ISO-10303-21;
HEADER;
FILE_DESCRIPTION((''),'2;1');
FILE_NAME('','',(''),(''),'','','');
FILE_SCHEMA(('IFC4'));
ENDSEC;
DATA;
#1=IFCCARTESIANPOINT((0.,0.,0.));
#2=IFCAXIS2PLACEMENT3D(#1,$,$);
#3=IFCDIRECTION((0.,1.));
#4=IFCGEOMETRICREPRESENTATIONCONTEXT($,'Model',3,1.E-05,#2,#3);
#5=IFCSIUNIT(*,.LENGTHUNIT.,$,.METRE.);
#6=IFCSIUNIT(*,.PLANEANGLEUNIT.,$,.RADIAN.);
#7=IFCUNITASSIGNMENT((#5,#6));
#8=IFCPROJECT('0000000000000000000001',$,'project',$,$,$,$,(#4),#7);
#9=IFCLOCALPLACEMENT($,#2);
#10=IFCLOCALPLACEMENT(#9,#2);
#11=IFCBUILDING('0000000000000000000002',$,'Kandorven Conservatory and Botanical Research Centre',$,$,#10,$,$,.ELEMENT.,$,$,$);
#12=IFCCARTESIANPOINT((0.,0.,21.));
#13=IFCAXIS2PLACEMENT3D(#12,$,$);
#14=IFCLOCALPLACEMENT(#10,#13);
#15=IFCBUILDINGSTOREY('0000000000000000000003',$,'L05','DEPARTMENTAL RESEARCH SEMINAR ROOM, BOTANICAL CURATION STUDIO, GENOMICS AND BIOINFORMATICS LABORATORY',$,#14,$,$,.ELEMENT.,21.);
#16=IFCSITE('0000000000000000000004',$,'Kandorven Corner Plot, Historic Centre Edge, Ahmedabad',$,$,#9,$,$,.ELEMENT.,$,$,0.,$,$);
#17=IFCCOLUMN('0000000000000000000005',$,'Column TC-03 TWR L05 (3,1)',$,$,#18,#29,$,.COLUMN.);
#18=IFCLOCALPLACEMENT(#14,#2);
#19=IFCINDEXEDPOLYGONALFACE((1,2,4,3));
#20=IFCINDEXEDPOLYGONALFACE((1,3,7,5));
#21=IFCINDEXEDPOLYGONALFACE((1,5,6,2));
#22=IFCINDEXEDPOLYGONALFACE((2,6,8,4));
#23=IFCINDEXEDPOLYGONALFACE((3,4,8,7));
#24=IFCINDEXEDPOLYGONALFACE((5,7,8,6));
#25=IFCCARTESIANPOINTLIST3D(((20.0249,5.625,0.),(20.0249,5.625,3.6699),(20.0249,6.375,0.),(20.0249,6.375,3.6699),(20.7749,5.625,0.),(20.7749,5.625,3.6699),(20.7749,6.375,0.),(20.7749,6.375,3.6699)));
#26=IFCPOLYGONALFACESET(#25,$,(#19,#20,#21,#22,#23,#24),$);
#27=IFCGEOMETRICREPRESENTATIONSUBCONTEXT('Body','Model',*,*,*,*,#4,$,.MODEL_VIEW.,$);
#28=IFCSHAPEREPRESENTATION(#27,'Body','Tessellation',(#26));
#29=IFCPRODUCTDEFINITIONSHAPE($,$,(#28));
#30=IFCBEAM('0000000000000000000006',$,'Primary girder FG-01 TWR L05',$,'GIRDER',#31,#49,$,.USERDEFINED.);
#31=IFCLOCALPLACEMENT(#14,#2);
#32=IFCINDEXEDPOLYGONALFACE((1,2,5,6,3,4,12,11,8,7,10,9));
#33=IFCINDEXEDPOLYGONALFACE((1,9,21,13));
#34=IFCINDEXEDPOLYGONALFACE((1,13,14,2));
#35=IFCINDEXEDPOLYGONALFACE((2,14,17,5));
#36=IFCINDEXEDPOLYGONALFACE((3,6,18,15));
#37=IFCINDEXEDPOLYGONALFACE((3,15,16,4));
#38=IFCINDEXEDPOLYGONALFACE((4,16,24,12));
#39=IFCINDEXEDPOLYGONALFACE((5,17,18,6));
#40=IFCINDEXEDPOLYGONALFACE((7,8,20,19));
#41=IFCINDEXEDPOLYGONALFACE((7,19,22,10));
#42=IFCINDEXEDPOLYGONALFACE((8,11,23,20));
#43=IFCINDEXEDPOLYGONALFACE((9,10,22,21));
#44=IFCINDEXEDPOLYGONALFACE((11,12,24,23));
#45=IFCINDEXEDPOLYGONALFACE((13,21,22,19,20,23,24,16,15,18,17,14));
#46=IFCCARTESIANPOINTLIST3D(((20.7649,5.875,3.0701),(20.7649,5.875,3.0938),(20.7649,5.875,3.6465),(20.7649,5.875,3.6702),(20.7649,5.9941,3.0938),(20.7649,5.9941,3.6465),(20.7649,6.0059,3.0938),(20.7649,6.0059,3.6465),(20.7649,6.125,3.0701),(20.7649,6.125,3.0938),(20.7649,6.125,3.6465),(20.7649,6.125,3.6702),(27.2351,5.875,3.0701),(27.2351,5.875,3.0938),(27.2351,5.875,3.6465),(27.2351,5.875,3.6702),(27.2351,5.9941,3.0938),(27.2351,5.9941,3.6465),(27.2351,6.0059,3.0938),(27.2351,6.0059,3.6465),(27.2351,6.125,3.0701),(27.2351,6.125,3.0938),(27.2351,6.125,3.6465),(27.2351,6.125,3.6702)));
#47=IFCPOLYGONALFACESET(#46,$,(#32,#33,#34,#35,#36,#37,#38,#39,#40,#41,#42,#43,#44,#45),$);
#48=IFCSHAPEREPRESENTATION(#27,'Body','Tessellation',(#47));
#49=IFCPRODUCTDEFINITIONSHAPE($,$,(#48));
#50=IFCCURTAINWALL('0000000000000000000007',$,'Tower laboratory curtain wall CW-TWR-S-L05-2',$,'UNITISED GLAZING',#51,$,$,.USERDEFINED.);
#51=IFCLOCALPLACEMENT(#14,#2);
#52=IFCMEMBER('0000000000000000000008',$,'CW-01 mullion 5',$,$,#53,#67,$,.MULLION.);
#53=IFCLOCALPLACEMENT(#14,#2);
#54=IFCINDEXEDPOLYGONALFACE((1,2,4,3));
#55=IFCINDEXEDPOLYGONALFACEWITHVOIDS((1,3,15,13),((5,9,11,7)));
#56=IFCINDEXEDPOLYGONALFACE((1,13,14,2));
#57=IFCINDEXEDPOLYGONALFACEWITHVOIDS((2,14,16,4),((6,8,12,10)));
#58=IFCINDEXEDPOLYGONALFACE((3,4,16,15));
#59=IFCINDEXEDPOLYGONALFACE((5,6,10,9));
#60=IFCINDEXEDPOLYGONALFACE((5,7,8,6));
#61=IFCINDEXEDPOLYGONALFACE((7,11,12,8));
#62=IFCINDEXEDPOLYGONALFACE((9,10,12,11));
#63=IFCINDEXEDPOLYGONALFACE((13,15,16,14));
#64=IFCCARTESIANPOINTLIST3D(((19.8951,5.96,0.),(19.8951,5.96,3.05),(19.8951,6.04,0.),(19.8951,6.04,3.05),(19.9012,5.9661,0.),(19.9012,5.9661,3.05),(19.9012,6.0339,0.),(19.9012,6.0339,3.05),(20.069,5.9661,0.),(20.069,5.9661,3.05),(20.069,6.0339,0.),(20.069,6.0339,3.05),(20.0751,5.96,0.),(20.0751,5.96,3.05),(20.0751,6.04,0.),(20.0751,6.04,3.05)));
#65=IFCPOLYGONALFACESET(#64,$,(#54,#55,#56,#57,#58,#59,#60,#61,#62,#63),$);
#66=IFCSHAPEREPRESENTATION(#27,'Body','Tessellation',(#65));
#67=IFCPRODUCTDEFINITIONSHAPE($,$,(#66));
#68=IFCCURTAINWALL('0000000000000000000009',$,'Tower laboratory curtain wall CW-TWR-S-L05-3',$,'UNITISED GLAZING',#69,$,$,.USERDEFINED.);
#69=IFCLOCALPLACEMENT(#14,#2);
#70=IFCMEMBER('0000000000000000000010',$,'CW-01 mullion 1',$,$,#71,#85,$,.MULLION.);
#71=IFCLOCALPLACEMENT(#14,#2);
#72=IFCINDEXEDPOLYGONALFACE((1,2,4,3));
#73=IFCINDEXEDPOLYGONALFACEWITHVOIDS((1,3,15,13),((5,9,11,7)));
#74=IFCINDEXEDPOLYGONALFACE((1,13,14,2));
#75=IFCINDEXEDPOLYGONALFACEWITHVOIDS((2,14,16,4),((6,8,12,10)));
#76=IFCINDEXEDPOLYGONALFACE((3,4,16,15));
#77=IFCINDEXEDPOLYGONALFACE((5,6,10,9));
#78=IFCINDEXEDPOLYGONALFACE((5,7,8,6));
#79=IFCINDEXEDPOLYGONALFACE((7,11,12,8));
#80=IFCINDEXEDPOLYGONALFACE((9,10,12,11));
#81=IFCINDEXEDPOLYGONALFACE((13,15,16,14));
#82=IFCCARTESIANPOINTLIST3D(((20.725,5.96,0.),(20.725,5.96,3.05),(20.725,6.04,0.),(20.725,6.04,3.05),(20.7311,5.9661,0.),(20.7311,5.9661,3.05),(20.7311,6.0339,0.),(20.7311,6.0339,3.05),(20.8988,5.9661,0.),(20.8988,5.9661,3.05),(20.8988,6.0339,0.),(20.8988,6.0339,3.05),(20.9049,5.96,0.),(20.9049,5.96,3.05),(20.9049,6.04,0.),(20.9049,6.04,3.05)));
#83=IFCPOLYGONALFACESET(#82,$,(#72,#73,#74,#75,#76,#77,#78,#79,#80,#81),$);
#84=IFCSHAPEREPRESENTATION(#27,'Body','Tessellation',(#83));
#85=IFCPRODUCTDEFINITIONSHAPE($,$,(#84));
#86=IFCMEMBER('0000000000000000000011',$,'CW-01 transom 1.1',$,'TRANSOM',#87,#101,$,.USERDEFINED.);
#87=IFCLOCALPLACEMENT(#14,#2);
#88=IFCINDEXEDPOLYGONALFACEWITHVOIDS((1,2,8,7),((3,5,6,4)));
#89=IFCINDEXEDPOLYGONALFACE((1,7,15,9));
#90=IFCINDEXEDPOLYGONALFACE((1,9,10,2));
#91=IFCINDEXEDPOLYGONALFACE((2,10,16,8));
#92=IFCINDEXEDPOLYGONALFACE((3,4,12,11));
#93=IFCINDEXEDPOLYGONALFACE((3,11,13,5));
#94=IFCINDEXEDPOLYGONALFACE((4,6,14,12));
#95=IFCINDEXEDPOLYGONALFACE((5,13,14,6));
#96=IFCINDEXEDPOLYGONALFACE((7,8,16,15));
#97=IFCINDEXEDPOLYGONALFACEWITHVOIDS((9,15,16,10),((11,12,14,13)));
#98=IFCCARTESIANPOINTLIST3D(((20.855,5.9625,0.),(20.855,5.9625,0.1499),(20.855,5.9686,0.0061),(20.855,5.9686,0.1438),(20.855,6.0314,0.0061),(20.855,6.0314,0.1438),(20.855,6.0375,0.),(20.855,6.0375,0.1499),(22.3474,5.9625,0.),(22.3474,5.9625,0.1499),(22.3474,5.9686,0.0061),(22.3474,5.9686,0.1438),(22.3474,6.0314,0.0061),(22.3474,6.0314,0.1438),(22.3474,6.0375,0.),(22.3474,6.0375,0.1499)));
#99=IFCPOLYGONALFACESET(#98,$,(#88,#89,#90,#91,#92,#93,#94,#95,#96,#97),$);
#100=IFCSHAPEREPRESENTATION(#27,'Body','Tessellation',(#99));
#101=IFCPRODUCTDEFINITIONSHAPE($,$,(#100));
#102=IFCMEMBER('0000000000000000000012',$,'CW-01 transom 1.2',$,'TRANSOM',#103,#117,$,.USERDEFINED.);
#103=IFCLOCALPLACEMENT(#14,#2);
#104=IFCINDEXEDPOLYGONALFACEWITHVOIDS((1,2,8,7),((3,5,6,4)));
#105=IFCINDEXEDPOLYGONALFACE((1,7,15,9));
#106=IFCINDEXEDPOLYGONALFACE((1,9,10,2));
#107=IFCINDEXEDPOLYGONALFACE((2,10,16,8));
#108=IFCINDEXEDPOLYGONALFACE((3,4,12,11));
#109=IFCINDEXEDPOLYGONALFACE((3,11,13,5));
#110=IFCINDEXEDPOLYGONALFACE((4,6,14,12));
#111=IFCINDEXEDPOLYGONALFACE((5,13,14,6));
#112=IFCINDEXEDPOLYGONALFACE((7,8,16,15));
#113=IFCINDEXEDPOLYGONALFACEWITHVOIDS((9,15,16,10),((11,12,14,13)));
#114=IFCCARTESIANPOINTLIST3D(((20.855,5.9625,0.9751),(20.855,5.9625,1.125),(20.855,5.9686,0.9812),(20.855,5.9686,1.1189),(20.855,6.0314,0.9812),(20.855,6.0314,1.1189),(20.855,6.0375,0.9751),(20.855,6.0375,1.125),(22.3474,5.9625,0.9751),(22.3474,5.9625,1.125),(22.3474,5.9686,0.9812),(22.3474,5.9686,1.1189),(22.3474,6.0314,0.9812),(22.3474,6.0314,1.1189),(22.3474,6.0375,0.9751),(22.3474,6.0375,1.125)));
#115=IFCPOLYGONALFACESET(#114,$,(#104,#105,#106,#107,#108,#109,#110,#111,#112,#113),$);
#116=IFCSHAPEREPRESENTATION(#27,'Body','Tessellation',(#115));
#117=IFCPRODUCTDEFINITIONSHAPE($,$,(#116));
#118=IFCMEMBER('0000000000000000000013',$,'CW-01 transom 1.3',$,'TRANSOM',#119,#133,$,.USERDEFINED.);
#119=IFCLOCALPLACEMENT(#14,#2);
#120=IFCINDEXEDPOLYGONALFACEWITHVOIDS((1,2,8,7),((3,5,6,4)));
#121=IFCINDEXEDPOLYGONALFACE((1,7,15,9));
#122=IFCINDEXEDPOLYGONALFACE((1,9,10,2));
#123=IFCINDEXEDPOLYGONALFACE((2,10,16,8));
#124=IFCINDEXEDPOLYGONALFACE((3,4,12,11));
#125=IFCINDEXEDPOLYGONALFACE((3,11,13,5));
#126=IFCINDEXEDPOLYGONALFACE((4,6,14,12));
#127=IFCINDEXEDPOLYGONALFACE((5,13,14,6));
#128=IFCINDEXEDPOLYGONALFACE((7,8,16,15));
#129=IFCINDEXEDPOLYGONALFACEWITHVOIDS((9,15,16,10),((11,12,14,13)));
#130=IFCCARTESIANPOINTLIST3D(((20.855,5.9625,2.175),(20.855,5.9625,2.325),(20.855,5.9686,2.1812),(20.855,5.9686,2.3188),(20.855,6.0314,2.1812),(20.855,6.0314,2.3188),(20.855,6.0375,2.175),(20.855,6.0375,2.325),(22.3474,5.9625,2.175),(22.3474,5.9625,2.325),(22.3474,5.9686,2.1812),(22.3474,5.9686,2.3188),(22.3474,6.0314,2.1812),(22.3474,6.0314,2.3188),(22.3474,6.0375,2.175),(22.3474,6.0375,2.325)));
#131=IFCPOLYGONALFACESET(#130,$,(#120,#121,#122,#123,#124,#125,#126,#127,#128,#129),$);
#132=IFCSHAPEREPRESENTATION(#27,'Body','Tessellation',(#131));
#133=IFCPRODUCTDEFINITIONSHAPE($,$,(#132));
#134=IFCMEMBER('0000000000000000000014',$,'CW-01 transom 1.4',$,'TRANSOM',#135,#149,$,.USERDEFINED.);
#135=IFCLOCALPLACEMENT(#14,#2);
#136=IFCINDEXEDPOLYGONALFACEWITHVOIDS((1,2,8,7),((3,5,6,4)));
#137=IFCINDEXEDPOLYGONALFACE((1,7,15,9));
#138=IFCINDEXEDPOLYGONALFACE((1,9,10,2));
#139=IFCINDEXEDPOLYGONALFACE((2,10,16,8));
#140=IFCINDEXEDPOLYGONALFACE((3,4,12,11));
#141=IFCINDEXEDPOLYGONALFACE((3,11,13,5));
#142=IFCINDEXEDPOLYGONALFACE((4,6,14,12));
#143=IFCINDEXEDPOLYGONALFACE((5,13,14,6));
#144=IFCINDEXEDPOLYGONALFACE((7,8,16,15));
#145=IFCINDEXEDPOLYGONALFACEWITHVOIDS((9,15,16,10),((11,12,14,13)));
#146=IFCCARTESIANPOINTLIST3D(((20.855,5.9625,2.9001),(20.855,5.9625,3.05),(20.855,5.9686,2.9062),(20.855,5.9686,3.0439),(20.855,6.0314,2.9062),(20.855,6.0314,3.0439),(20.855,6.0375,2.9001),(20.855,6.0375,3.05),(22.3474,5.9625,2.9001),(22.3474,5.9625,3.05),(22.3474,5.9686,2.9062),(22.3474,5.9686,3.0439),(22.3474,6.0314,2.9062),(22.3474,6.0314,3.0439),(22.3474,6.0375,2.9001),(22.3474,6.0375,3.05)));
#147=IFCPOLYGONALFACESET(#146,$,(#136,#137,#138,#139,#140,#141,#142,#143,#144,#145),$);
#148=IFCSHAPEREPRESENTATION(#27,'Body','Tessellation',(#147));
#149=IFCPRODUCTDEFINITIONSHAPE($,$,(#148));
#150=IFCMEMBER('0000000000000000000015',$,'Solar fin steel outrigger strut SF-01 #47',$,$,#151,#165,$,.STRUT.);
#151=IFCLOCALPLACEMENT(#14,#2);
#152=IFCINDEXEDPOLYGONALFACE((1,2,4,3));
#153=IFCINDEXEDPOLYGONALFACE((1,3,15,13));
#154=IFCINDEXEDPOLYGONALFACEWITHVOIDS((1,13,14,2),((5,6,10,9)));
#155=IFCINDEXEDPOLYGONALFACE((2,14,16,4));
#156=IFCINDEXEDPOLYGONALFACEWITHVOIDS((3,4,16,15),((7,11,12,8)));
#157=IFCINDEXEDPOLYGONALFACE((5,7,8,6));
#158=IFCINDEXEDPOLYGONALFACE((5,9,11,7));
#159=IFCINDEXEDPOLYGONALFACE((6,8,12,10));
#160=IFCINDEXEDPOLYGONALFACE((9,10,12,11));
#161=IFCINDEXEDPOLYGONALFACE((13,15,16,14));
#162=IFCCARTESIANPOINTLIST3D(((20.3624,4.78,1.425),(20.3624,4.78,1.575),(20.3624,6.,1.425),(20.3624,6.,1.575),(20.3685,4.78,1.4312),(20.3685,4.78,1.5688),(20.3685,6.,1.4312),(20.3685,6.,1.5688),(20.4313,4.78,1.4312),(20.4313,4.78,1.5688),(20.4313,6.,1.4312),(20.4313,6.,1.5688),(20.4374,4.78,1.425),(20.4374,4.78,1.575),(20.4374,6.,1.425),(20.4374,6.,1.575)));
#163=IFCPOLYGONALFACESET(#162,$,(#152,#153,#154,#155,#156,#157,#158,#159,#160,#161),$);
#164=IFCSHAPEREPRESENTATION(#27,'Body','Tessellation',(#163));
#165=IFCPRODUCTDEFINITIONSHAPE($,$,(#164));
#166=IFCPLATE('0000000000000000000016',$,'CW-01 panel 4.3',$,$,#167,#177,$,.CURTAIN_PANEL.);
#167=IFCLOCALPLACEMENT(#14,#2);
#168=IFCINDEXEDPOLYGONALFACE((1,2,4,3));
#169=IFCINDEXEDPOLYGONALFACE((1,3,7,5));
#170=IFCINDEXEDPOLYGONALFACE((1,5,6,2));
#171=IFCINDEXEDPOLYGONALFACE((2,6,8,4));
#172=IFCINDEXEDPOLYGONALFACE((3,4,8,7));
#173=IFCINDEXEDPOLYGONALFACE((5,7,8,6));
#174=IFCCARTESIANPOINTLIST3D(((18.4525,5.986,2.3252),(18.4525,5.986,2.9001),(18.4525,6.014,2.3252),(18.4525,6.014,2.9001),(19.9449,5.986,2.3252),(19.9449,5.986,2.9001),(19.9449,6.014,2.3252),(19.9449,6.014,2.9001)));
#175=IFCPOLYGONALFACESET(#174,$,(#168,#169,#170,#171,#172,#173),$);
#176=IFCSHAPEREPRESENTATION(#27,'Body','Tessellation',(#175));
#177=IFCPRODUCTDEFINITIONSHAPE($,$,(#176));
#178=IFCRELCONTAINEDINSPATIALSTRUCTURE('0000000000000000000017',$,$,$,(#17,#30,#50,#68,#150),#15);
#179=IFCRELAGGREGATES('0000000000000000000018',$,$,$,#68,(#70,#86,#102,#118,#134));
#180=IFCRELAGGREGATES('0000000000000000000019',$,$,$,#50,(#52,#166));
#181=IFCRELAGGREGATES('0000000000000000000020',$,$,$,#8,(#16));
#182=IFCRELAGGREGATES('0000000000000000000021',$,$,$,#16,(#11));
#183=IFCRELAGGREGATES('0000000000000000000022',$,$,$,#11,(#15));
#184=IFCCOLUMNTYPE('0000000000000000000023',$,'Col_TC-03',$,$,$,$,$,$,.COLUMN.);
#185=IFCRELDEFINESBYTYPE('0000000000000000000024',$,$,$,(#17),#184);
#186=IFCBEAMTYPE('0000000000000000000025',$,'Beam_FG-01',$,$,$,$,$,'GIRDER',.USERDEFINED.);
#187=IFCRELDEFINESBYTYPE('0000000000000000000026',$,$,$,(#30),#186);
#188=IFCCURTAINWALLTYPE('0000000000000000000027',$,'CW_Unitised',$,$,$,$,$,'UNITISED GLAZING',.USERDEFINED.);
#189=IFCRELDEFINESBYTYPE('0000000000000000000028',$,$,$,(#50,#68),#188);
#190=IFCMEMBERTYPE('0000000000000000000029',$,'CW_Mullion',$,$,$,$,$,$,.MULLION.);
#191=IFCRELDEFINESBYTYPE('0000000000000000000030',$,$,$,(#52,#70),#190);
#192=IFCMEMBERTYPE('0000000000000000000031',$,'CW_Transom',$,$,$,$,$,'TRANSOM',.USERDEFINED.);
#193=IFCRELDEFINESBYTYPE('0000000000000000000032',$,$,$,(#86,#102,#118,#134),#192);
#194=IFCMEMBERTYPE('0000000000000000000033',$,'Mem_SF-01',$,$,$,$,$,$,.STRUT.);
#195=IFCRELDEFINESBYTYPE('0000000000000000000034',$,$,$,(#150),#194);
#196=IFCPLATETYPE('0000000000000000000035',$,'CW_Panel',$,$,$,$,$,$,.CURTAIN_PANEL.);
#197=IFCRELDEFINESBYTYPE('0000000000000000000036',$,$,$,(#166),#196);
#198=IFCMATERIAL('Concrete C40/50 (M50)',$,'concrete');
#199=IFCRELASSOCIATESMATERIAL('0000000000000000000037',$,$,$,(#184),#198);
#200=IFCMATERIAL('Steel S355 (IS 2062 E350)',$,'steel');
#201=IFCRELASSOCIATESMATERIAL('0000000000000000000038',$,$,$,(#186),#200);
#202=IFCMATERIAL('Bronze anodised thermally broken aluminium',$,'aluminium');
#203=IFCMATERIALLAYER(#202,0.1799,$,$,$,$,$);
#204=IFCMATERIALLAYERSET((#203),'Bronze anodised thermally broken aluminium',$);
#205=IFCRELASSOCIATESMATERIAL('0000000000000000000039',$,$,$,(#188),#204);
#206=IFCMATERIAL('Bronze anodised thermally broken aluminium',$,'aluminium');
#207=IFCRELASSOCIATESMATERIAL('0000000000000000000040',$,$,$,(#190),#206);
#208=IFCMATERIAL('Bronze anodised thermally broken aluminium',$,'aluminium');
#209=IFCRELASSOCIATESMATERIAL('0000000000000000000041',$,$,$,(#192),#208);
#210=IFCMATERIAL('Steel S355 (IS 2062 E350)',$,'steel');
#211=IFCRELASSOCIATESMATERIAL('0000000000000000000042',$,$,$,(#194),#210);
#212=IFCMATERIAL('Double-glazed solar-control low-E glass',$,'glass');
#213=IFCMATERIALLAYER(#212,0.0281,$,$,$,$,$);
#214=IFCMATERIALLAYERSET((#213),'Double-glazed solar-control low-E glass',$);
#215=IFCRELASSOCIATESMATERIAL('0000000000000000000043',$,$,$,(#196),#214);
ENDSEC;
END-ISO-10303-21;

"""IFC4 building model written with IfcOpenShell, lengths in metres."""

from ifc_helpers import new_model, si_unit, direction, frame, origin, origin_2d, place, context, subcontext, project, spatial, rectangle, hollow_rectangle, i_section, extrude, material, layer, layer_set, material_profile, profile_set, type_object, element, aggregate, save


model = new_model("IFC4")

# Units and contexts
model_context = context("Model", 3, precision=1e-05, world=origin(), true_north=direction((0.0, 1.0)))
body_context = subcontext(model_context, "Body", "Model", "MODEL_VIEW")
ifc_project = project(units=[si_unit("LENGTHUNIT", "METRE"), si_unit("PLANEANGLEUNIT", "RADIAN")], contexts=[model_context])

# Site, building, storey
site_placement = place(None, origin())
site = spatial("IfcSite", under=ifc_project, at=site_placement, Name="Kandorven Corner Plot, Historic Centre Edge, Ahmedabad", CompositionType="ELEMENT", RefElevation=0.0)
building_placement = place(site_placement, origin())
building = spatial("IfcBuilding", under=site, at=building_placement, Name="Kandorven Conservatory and Botanical Research Centre", CompositionType="ELEMENT")
storey_placement = place(building_placement, frame((0.0, 0.0, 21.0)))
storey = spatial("IfcBuildingStorey", under=building, at=storey_placement, Name="L05", Description="DEPARTMENTAL RESEARCH SEMINAR ROOM, BOTANICAL CURATION STUDIO, GENOMICS AND BIOINFORMATICS LABORATORY", CompositionType="ELEMENT", Elevation=21.0)

# Column
ifc_material_1 = material(Name="Concrete C40/50 (M50)", Category="concrete")
ifc_material_profile_1 = material_profile(ifc_material_1, rectangle(XDim=0.75, YDim=0.75, at=origin_2d()))
ifc_profile_set_1 = profile_set([ifc_material_profile_1], Name="Concrete C40/50 (M50)")
column_type = type_object("IfcColumnType", Name="Col_TC-03", PredefinedType="COLUMN", material=ifc_profile_set_1)
column_placement = place(storey_placement, frame((20.3999, 6.0, 0.0), z_axis=(0.0, 0.0, 1.0), x_axis=(1.0, 0.0, 0.0)))
element("IfcColumn", 1, at=column_placement, inside=storey, type_object=column_type, Name="Column TC-03 TWR L05 (3,1)", PredefinedType="COLUMN", context=body_context, shape_type="SweptSolid", body=[
    extrude(rectangle(XDim=0.75, YDim=0.75, at=origin_2d()), origin(), (0.0, 0.0, 1.0), 3.6699),
])

# Beam
ifc_material_2 = material(Name="Steel S355 (IS 2062 E350)", Category="steel")
ifc_material_profile_2 = material_profile(ifc_material_2, i_section(OverallWidth=0.25, OverallDepth=0.6001, WebThickness=0.0117, FlangeThickness=0.0237, at=origin_2d()))
ifc_profile_set_2 = profile_set([ifc_material_profile_2], Name="Steel S355 (IS 2062 E350)")
beam_type = type_object("IfcBeamType", Name="Beam_FG-01", ElementType="GIRDER", PredefinedType="USERDEFINED", material=ifc_profile_set_2)
beam_placement = place(storey_placement, frame((20.7649, 6.0, 3.3701), z_axis=(1.0, 0.0, 0.0), x_axis=(0.0, 1.0, 0.0)))
element("IfcBeam", 2, at=beam_placement, inside=storey, type_object=beam_type, Name="Primary girder FG-01 TWR L05", ObjectType="GIRDER", PredefinedType="USERDEFINED", context=body_context, shape_type="SweptSolid", body=[
    extrude(i_section(OverallWidth=0.25, OverallDepth=0.6001, WebThickness=0.0117, FlangeThickness=0.0237, at=origin_2d()), origin(), (0.0, 0.0, 1.0), 6.4702),
])

# Curtain wall, member
ifc_material_3 = material(Name="Bronze anodised thermally broken aluminium", Category="aluminium")
ifc_layer_1 = layer(ifc_material_3, 0.1799)
ifc_layer_set_1 = layer_set([ifc_layer_1], Name="Bronze anodised thermally broken aluminium")
curtain_wall_type = type_object("IfcCurtainWallType", Name="CW_Unitised", ElementType="UNITISED GLAZING", PredefinedType="USERDEFINED", material=ifc_layer_set_1)
curtain_wall_1_placement = place(storey_placement, origin())
curtain_wall_1 = element("IfcCurtainWall", 3, at=curtain_wall_1_placement, inside=storey, type_object=curtain_wall_type, Name="Tower laboratory curtain wall CW-TWR-S-L05-2", ObjectType="UNITISED GLAZING", PredefinedType="USERDEFINED")
ifc_material_4 = material(Name="Bronze anodised thermally broken aluminium", Category="aluminium")
ifc_material_profile_3 = material_profile(ifc_material_4, hollow_rectangle(XDim=0.0801, YDim=0.1799, WallThickness=0.0061, at=origin_2d()))
ifc_profile_set_3 = profile_set([ifc_material_profile_3], Name="Bronze anodised thermally broken aluminium")
member_type_1 = type_object("IfcMemberType", Name="CW_Mullion", PredefinedType="MULLION", material=ifc_profile_set_3)
member_1_placement = place(storey_placement, frame((19.9851, 6.0, 0.0), z_axis=(0.0, 0.0, 1.0), x_axis=(0.0, 1.0, 0.0)))
member_1 = element("IfcMember", 4, at=member_1_placement, type_object=member_type_1, Name="CW-01 mullion 5", PredefinedType="MULLION", context=body_context, shape_type="SweptSolid", body=[
    extrude(hollow_rectangle(XDim=0.0801, YDim=0.1799, WallThickness=0.0061, at=origin_2d()), origin(), (0.0, 0.0, 1.0), 3.05),
])

# Curtain wall, members
curtain_wall_2_placement = place(storey_placement, origin())
curtain_wall_2 = element("IfcCurtainWall", 5, at=curtain_wall_2_placement, inside=storey, type_object=curtain_wall_type, Name="Tower laboratory curtain wall CW-TWR-S-L05-3", ObjectType="UNITISED GLAZING", PredefinedType="USERDEFINED")
member_2_placement = place(storey_placement, frame((20.8149, 6.0, 0.0), z_axis=(0.0, 0.0, 1.0), x_axis=(0.0, 1.0, 0.0)))
member_2 = element("IfcMember", 6, at=member_2_placement, type_object=member_type_1, Name="CW-01 mullion 1", PredefinedType="MULLION", context=body_context, shape_type="SweptSolid", body=[
    extrude(hollow_rectangle(XDim=0.0801, YDim=0.1799, WallThickness=0.0061, at=origin_2d()), origin(), (0.0, 0.0, 1.0), 3.05),
])
ifc_material_5 = material(Name="Bronze anodised thermally broken aluminium", Category="aluminium")
ifc_material_profile_4 = material_profile(ifc_material_5, hollow_rectangle(XDim=0.075, YDim=0.1499, WallThickness=0.0061, at=origin_2d()))
ifc_profile_set_4 = profile_set([ifc_material_profile_4], Name="Bronze anodised thermally broken aluminium")
member_type_2 = type_object("IfcMemberType", Name="CW_Transom", ElementType="TRANSOM", PredefinedType="USERDEFINED", material=ifc_profile_set_4)
member_3_placement = place(storey_placement, frame((20.855, 6.0, 0.075), z_axis=(1.0, 0.0, 0.0), x_axis=(0.0, 1.0, 0.0)))
member_3 = element("IfcMember", 7, at=member_3_placement, type_object=member_type_2, Name="CW-01 transom 1.1", ObjectType="TRANSOM", PredefinedType="USERDEFINED", context=body_context, shape_type="SweptSolid", body=[
    extrude(hollow_rectangle(XDim=0.075, YDim=0.1499, WallThickness=0.0061, at=origin_2d()), origin(), (0.0, 0.0, 1.0), 1.4924),
])
member_4_placement = place(storey_placement, frame((20.855, 6.0, 1.05), z_axis=(1.0, 0.0, 0.0), x_axis=(0.0, 1.0, 0.0)))
member_4 = element("IfcMember", 8, at=member_4_placement, type_object=member_type_2, Name="CW-01 transom 1.2", ObjectType="TRANSOM", PredefinedType="USERDEFINED", context=body_context, shape_type="SweptSolid", body=[
    extrude(hollow_rectangle(XDim=0.075, YDim=0.1499, WallThickness=0.0061, at=origin_2d()), origin(), (0.0, 0.0, 1.0), 1.4924),
])
member_5_placement = place(storey_placement, frame((20.855, 6.0, 2.25), z_axis=(1.0, 0.0, 0.0), x_axis=(0.0, 1.0, 0.0)))
member_5 = element("IfcMember", 9, at=member_5_placement, type_object=member_type_2, Name="CW-01 transom 1.3", ObjectType="TRANSOM", PredefinedType="USERDEFINED", context=body_context, shape_type="SweptSolid", body=[
    extrude(hollow_rectangle(XDim=0.075, YDim=0.1499, WallThickness=0.0061, at=origin_2d()), origin(), (0.0, 0.0, 1.0), 1.4924),
])
member_6_placement = place(storey_placement, frame((20.855, 6.0, 2.9751), z_axis=(1.0, 0.0, 0.0), x_axis=(0.0, 1.0, 0.0)))
member_6 = element("IfcMember", 10, at=member_6_placement, type_object=member_type_2, Name="CW-01 transom 1.4", ObjectType="TRANSOM", PredefinedType="USERDEFINED", context=body_context, shape_type="SweptSolid", body=[
    extrude(hollow_rectangle(XDim=0.075, YDim=0.1499, WallThickness=0.0061, at=origin_2d()), origin(), (0.0, 0.0, 1.0), 1.4924),
])
aggregate(curtain_wall_2, [member_2, member_3, member_4, member_5, member_6])

# Member
ifc_material_6 = material(Name="Steel S355 (IS 2062 E350)", Category="steel")
ifc_material_profile_5 = material_profile(ifc_material_6, hollow_rectangle(XDim=0.075, YDim=0.1499, WallThickness=0.0061, at=origin_2d()))
ifc_profile_set_5 = profile_set([ifc_material_profile_5], Name="Steel S355 (IS 2062 E350)")
member_type_3 = type_object("IfcMemberType", Name="Mem_SF-01", PredefinedType="STRUT", material=ifc_profile_set_5)
member_7_placement = place(storey_placement, frame((20.3999, 6.0, 1.5), z_axis=(0.0, -1.0, 0.0), x_axis=(1.0, 0.0, 0.0)))
element("IfcMember", 11, at=member_7_placement, inside=storey, type_object=member_type_3, Name="Solar fin steel outrigger strut SF-01 #47", PredefinedType="STRUT", context=body_context, shape_type="SweptSolid", body=[
    extrude(hollow_rectangle(XDim=0.075, YDim=0.1499, WallThickness=0.0061, at=origin_2d()), origin(), (0.0, 0.0, 1.0), 1.22),
])

# Plate
ifc_material_7 = material(Name="Double-glazed solar-control low-E glass", Category="glass")
ifc_layer_2 = layer(ifc_material_7, 0.0281)
ifc_layer_set_2 = layer_set([ifc_layer_2], Name="Double-glazed solar-control low-E glass")
plate_type = type_object("IfcPlateType", Name="CW_Panel", PredefinedType="CURTAIN_PANEL", material=ifc_layer_set_2)
plate_placement = place(storey_placement, frame((19.1987, 6.0, 2.3252), z_axis=(0.0, 0.0, 1.0), x_axis=(1.0, 0.0, 0.0)))
plate = element("IfcPlate", 12, at=plate_placement, type_object=plate_type, Name="CW-01 panel 4.3", PredefinedType="CURTAIN_PANEL", context=body_context, shape_type="SweptSolid", body=[
    extrude(rectangle(XDim=1.4924, YDim=0.0281, at=origin_2d()), origin(), (0.0, 0.0, 1.0), 0.575),
])
aggregate(curtain_wall_1, [member_1, plate])

save(model, "model.ifc")
